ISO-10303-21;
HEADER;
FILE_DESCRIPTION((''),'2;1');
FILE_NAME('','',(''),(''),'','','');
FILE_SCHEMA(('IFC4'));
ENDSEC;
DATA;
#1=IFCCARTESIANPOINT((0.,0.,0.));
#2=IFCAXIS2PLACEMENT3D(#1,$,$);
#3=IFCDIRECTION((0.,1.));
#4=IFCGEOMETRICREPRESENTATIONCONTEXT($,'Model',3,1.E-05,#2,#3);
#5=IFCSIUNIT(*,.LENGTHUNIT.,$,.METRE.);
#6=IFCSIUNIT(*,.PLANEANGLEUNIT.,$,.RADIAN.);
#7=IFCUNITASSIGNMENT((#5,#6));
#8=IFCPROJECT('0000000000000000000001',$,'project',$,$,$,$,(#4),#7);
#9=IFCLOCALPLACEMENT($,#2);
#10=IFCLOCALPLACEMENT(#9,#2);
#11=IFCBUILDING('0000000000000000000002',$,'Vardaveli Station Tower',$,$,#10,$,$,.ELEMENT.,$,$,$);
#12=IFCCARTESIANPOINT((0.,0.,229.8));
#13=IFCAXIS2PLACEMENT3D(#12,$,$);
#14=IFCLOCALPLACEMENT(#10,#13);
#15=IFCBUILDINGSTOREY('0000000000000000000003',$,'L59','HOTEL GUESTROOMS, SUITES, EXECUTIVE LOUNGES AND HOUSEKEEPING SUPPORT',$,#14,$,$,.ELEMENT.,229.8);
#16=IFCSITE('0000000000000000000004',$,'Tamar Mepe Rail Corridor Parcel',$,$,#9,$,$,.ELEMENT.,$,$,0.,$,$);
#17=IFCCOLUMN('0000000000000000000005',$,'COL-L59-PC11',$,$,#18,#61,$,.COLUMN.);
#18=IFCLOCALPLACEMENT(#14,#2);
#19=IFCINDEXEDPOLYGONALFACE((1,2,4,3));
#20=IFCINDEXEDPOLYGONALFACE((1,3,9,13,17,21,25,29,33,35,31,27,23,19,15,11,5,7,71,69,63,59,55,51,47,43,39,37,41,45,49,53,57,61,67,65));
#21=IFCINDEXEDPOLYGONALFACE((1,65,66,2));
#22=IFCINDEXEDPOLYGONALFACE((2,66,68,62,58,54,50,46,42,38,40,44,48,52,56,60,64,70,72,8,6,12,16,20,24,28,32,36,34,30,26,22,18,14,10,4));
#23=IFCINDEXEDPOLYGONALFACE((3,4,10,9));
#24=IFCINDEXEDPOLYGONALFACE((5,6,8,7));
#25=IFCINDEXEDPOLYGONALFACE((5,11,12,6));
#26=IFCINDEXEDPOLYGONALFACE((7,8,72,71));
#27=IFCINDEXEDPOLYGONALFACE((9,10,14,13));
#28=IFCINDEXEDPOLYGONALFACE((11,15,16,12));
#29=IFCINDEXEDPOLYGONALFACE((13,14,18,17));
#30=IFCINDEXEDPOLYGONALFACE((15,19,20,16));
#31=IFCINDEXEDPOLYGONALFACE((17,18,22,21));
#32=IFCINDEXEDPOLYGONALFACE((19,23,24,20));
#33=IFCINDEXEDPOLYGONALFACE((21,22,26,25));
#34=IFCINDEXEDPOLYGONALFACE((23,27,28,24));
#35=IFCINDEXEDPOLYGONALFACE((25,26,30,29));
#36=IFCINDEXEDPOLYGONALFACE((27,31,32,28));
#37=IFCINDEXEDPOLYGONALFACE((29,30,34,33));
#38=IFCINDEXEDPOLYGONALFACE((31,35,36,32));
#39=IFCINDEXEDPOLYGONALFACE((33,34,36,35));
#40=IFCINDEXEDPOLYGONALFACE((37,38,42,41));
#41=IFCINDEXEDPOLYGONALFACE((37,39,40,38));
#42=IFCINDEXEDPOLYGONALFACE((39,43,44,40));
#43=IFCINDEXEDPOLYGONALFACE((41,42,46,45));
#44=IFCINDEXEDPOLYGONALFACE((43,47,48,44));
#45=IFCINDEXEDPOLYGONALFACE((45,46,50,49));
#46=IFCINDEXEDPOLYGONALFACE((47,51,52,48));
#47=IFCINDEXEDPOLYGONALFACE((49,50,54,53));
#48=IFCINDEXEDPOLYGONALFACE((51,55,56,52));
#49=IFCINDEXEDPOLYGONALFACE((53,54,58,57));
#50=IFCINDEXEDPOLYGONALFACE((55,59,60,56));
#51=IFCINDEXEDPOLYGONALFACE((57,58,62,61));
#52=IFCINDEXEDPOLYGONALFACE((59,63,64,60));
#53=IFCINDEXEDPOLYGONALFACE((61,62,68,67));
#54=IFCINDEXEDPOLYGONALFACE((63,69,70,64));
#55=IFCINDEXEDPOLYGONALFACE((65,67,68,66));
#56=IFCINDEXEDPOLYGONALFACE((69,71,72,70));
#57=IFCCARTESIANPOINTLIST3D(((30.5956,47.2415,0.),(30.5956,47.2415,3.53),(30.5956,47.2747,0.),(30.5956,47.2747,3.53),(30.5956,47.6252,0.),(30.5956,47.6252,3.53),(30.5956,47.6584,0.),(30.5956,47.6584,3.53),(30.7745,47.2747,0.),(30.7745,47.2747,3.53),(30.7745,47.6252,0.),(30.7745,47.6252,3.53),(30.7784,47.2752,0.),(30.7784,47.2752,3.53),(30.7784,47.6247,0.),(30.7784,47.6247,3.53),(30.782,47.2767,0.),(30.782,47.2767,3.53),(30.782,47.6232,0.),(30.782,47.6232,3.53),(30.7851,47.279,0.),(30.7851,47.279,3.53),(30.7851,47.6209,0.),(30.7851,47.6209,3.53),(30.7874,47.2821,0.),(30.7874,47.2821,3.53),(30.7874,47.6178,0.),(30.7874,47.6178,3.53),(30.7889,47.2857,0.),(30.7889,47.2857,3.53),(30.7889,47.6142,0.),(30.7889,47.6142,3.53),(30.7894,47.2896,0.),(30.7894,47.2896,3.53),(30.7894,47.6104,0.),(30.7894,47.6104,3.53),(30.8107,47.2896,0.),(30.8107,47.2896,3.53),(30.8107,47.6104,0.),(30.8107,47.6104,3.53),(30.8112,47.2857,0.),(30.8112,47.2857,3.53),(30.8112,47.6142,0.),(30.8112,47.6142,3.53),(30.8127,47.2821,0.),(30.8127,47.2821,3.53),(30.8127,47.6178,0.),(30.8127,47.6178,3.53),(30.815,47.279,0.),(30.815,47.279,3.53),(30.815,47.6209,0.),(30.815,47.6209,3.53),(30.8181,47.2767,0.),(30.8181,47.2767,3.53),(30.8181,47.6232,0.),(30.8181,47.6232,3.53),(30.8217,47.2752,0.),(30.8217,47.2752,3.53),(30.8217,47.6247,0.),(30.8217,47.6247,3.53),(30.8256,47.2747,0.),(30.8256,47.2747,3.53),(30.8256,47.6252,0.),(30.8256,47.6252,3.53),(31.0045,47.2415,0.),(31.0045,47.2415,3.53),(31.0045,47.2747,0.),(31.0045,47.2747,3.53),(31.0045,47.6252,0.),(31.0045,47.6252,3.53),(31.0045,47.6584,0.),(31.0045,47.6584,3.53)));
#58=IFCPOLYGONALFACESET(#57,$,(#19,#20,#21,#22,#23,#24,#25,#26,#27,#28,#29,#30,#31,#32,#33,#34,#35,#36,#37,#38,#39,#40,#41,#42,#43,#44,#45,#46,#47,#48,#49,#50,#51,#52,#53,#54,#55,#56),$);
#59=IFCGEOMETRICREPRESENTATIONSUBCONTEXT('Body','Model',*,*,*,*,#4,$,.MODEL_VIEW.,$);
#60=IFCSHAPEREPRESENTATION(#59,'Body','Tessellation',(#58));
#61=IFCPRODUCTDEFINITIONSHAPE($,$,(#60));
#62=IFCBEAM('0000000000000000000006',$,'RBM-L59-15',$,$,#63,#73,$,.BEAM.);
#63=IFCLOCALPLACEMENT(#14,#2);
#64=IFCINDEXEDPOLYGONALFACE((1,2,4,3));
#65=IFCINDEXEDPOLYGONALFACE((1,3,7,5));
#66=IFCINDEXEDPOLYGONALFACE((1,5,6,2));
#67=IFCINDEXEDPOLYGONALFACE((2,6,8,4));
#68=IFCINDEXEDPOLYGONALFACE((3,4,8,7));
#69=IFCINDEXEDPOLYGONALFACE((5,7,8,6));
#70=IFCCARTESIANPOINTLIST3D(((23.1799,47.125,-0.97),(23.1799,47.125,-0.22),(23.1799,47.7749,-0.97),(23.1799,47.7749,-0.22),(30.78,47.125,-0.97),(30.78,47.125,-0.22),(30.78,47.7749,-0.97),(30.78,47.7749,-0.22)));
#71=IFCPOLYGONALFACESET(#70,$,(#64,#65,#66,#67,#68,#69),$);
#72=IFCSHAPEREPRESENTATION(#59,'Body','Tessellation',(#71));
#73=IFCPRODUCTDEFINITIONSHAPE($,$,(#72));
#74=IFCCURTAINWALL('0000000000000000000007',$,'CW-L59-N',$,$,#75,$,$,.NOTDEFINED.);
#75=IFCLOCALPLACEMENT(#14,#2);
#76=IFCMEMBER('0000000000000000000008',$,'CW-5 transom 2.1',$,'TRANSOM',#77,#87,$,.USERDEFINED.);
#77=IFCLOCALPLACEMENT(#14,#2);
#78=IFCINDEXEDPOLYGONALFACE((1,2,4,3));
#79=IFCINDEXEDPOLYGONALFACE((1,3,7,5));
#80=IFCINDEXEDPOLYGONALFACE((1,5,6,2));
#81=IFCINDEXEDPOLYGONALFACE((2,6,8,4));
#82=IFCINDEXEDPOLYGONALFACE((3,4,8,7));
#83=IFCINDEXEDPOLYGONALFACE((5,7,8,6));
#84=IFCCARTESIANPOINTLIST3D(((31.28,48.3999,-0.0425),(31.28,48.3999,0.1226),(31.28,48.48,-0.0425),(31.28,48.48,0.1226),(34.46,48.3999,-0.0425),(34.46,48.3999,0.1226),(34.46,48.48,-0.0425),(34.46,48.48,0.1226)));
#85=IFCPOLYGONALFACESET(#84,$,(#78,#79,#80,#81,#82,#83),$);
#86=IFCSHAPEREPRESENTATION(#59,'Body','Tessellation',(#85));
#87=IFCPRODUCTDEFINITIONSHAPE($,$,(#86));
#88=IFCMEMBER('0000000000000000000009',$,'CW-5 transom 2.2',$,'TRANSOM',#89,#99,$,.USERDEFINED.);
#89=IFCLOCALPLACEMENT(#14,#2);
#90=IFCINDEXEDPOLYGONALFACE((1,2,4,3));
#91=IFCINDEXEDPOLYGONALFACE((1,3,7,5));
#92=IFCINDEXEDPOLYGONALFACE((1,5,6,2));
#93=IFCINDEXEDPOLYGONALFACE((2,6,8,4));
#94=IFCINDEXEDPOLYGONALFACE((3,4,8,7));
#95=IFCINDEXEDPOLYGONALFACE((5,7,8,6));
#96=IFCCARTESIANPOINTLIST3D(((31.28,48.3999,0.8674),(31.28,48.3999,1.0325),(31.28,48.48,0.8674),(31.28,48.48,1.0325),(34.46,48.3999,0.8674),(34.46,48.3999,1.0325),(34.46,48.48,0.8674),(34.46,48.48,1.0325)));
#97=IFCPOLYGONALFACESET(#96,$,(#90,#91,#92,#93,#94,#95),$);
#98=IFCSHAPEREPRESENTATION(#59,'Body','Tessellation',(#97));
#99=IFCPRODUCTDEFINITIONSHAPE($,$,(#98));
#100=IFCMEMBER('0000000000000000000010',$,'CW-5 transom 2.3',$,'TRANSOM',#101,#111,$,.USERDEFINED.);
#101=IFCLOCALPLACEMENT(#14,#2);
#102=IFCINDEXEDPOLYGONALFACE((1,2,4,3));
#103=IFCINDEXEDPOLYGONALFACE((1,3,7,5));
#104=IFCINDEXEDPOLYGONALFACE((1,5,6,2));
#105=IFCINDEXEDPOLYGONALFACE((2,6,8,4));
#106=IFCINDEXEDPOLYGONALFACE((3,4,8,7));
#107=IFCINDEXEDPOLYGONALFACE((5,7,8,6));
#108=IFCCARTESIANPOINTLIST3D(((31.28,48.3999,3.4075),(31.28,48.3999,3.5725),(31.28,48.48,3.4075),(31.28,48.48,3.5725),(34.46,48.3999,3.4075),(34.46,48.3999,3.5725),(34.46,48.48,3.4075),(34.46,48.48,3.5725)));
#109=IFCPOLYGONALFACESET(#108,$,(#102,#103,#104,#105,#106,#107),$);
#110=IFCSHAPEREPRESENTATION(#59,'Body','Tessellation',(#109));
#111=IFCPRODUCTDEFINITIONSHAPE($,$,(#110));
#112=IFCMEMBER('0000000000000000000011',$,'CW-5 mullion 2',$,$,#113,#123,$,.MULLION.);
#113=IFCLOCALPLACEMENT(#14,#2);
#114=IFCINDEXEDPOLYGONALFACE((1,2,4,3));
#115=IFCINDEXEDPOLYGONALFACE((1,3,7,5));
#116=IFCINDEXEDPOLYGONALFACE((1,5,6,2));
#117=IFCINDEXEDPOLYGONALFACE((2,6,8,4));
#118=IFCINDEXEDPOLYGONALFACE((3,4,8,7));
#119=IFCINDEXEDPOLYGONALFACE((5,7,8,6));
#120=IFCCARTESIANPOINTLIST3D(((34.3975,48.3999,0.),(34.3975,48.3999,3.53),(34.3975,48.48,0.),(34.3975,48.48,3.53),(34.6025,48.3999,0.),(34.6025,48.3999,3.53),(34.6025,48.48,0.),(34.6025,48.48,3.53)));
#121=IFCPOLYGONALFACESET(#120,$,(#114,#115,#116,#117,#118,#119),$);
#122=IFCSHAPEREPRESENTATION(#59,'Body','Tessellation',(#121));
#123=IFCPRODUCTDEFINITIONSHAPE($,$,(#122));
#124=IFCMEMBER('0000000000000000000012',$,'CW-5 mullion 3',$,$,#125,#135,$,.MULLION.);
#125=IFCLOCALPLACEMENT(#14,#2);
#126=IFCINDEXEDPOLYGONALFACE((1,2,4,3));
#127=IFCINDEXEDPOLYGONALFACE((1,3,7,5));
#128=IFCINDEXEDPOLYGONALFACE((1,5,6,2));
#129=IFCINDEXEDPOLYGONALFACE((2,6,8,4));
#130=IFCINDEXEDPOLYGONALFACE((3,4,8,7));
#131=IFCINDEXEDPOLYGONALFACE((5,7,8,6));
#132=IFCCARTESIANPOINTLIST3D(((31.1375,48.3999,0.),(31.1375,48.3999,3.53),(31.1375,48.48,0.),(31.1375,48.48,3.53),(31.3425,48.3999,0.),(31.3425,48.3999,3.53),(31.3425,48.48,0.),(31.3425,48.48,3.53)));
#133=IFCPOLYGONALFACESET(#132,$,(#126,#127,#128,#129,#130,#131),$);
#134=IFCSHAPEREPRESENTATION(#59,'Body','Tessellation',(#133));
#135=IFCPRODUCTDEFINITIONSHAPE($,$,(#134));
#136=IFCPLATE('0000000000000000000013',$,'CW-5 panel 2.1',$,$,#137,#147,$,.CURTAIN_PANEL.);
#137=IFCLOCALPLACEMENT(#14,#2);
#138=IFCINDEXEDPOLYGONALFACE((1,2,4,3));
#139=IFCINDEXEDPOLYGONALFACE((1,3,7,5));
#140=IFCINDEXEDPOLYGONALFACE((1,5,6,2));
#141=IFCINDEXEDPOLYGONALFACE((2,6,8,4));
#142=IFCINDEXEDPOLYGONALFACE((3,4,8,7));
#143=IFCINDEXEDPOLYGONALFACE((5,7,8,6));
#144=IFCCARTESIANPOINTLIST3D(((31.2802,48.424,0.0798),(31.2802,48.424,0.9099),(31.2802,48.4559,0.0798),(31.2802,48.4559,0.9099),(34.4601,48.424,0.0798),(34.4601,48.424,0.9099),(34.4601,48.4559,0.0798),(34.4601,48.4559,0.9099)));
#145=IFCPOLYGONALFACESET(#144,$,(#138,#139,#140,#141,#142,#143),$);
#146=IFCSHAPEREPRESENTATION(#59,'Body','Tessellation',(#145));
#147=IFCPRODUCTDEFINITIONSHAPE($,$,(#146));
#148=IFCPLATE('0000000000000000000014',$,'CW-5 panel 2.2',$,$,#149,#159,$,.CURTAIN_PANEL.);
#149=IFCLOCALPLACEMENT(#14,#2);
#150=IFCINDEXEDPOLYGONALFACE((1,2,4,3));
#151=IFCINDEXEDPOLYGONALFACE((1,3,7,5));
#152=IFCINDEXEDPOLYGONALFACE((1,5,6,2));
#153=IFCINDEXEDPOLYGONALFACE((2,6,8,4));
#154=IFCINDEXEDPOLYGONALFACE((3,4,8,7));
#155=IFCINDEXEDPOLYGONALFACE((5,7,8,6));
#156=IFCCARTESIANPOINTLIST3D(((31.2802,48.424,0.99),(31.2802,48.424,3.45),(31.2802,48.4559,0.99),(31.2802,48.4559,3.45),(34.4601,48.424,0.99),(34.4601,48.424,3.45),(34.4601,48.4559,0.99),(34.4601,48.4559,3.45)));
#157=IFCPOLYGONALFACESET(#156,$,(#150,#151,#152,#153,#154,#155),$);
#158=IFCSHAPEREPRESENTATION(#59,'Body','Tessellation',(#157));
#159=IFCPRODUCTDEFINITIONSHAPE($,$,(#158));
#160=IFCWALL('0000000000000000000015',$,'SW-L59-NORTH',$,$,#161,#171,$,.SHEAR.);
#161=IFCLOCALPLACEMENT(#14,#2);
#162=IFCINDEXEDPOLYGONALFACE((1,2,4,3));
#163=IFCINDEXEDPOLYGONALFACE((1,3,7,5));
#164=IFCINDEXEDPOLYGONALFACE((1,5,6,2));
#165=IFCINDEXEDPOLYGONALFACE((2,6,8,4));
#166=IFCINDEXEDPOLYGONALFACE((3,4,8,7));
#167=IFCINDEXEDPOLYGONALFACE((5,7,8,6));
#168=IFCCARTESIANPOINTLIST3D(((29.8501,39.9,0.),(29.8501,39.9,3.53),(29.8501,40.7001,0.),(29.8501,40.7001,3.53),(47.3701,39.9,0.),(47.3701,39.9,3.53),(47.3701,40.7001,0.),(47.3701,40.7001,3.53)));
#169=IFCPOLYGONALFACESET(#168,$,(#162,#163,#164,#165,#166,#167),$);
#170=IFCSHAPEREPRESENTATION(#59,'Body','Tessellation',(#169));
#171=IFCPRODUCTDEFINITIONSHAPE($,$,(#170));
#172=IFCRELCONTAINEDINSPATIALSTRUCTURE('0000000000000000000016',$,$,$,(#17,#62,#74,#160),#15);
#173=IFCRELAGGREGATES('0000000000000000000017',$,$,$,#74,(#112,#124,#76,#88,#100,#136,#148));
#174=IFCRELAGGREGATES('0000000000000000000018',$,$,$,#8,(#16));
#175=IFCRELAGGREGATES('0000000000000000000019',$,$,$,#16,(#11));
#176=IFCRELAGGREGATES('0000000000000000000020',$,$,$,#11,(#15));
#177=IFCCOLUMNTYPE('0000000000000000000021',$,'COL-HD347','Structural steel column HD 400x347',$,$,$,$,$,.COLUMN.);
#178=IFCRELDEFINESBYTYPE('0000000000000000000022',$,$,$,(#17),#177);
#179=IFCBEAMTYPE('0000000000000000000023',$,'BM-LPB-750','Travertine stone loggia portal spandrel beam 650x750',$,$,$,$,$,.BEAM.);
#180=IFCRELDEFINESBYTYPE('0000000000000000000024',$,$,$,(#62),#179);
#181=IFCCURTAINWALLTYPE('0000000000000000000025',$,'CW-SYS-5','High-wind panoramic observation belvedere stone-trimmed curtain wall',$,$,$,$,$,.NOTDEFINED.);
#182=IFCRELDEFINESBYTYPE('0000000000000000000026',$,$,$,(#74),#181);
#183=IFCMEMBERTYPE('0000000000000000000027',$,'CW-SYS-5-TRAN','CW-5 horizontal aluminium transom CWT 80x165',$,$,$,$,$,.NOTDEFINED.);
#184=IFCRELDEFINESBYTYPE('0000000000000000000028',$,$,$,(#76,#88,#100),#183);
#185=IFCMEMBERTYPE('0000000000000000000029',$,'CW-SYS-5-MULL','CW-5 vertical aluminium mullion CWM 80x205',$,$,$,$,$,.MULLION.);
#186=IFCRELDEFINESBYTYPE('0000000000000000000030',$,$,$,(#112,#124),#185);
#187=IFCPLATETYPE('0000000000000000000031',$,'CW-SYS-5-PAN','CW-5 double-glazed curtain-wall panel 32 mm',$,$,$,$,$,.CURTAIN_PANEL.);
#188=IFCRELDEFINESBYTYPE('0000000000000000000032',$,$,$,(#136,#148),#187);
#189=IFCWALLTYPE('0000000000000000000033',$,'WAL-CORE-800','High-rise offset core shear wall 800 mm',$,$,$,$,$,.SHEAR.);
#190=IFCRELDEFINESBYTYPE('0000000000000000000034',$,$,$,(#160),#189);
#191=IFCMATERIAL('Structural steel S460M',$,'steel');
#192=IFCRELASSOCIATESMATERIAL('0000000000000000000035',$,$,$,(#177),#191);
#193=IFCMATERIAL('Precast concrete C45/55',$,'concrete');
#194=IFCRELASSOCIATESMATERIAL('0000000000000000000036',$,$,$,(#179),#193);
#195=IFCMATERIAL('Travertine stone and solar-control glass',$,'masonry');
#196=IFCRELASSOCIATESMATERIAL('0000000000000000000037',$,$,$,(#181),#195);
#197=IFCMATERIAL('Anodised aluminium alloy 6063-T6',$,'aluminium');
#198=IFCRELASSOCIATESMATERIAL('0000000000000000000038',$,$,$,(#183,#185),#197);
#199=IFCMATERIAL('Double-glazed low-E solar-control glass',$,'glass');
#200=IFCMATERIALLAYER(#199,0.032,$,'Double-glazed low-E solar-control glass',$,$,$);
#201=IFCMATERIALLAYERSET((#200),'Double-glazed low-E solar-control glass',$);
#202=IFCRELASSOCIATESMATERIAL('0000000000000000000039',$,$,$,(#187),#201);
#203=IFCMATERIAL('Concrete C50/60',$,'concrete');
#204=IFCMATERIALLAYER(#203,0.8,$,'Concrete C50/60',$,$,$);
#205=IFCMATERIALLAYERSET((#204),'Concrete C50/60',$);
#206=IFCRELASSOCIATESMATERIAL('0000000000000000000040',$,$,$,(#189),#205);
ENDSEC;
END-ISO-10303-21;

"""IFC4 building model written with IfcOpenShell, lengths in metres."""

from ifc_helpers import new_model, si_unit, direction, frame, frame_2d, origin, origin_2d, place, context, subcontext, project, spatial, rectangle, i_section, extrude, source, transform, mapped, material, layer, layer_set, material_profile, profile_set, type_object, element, aggregate, save


model = new_model("IFC4")

# Units and contexts
model_context = context("Model", 3, precision=1e-05, world=origin(), true_north=direction((0.0, 1.0)))
body_context = subcontext(model_context, "Body", "Model", "MODEL_VIEW")
ifc_project = project(units=[si_unit("LENGTHUNIT", "METRE"), si_unit("PLANEANGLEUNIT", "RADIAN")], contexts=[model_context])

# Site, building, storey
site_placement = place(None, origin())
site = spatial("IfcSite", under=ifc_project, at=site_placement, Name="Tamar Mepe Rail Corridor Parcel", CompositionType="ELEMENT", RefElevation=0.0)
building_placement = place(site_placement, origin())
building = spatial("IfcBuilding", under=site, at=building_placement, Name="Vardaveli Station Tower", CompositionType="ELEMENT")
storey_placement = place(building_placement, frame((0.0, 0.0, 229.8)))
storey = spatial("IfcBuildingStorey", under=building, at=storey_placement, Name="L59", Description="HOTEL GUESTROOMS, SUITES, EXECUTIVE LOUNGES AND HOUSEKEEPING SUPPORT", CompositionType="ELEMENT", Elevation=229.8)

# Column
ifc_material_1 = material(Name="Structural steel S460M", Category="steel")
ifc_material_profile_1 = material_profile(ifc_material_1, i_section(OverallWidth=0.4089, OverallDepth=0.417, WebThickness=0.0212, FlangeThickness=0.0332, FilletRadius=0.0149, at=origin_2d()), Name="HD 400x347")
ifc_profile_set_1 = profile_set([ifc_material_profile_1], Name="Structural steel S460M")
column_type = type_object("IfcColumnType", Name="COL-HD347", Description="Structural steel column HD 400x347", PredefinedType="COLUMN", material=ifc_profile_set_1)
shared_shape_1 = source(origin(), body_context, "Body", "SweptSolid", [
    extrude(i_section(OverallWidth=0.4089, OverallDepth=0.417, WebThickness=0.0212, FlangeThickness=0.0332, FilletRadius=0.0149, at=origin_2d()), origin(), (0.0, 0.0, 1.0), 3.53),
])
column_placement = place(storey_placement, frame((30.8, 47.45, 0.0), z_axis=(0.0, 0.0, 1.0), x_axis=(1.0, 0.0, 0.0)))
element("IfcColumn", 1, at=column_placement, inside=storey, type_object=column_type, Name="COL-L59-PC11", PredefinedType="COLUMN", context=body_context, shape_type="MappedRepresentation", body=[
    mapped(shared_shape_1, transform((0.0, 0.0, 0.0), scale=1.0)),
])

# Beam
ifc_material_2 = material(Name="Precast concrete C45/55", Category="concrete")
ifc_material_profile_2 = material_profile(ifc_material_2, rectangle(XDim=0.6499, YDim=0.75, at=origin_2d()), Name="LPB 650x750")
ifc_profile_set_2 = profile_set([ifc_material_profile_2], Name="Precast concrete C45/55")
beam_type = type_object("IfcBeamType", Name="BM-LPB-750", Description="Travertine stone loggia portal spandrel beam 650x750", PredefinedType="BEAM", material=ifc_profile_set_2)
shared_shape_2 = source(origin(), body_context, "Body", "SweptSolid", [
    extrude(rectangle(XDim=0.6499, YDim=0.75, at=origin_2d()), origin(), (0.0, 0.0, 1.0), 7.6001),
])
beam_placement = place(storey_placement, frame((30.78, 47.45, -0.595), z_axis=(-1.0, 0.0, 0.0), x_axis=(0.0, -1.0, 0.0)))
element("IfcBeam", 2, at=beam_placement, inside=storey, type_object=beam_type, Name="RBM-L59-15", PredefinedType="BEAM", context=body_context, shape_type="MappedRepresentation", body=[
    mapped(shared_shape_2, transform((0.0, 0.0, 0.0), scale=1.0)),
])

# Curtain wall, members, plates
ifc_material_3 = material(Name="Travertine stone and solar-control glass", Category="masonry")
curtain_wall_type = type_object("IfcCurtainWallType", Name="CW-SYS-5", Description="High-wind panoramic observation belvedere stone-trimmed curtain wall", PredefinedType="NOTDEFINED", material=ifc_material_3)
curtain_wall_placement = place(storey_placement, origin())
curtain_wall = element("IfcCurtainWall", 3, at=curtain_wall_placement, inside=storey, type_object=curtain_wall_type, Name="CW-L59-N", PredefinedType="NOTDEFINED")
ifc_material_4 = material(Name="Anodised aluminium alloy 6063-T6", Category="aluminium")
ifc_material_profile_3 = material_profile(ifc_material_4, rectangle(XDim=0.0801, YDim=0.165, at=origin_2d()), Name="CWT 80x165")
ifc_profile_set_3 = profile_set([ifc_material_profile_3], Name="Anodised aluminium alloy 6063-T6")
member_type_1 = type_object("IfcMemberType", Name="CW-SYS-5-TRAN", Description="CW-5 horizontal aluminium transom CWT 80x165", PredefinedType="NOTDEFINED", material=ifc_profile_set_3)
shared_shape_3 = source(origin(), body_context, "Body", "SweptSolid", [
    extrude(rectangle(XDim=0.0801, YDim=0.165, at=origin_2d()), origin(), (0.0, 0.0, 1.0), 3.1799),
])
member_1_placement = place(storey_placement, frame((34.46, 48.4399, 0.04), z_axis=(-1.0, 0.0, 0.0), x_axis=(0.0, -1.0, 0.0)))
member_1 = element("IfcMember", 4, at=member_1_placement, type_object=member_type_1, Name="CW-5 transom 2.1", ObjectType="TRANSOM", PredefinedType="USERDEFINED", context=body_context, shape_type="MappedRepresentation", body=[
    mapped(shared_shape_3, transform((0.0, 0.0, 0.0), scale=1.0)),
])
member_2_placement = place(storey_placement, frame((34.46, 48.4399, 0.95), z_axis=(-1.0, 0.0, 0.0), x_axis=(0.0, -1.0, 0.0)))
member_2 = element("IfcMember", 5, at=member_2_placement, type_object=member_type_1, Name="CW-5 transom 2.2", ObjectType="TRANSOM", PredefinedType="USERDEFINED", context=body_context, shape_type="MappedRepresentation", body=[
    mapped(shared_shape_3, transform((0.0, 0.0, 0.0), scale=1.0)),
])
member_3_placement = place(storey_placement, frame((34.46, 48.4399, 3.49), z_axis=(-1.0, 0.0, 0.0), x_axis=(0.0, -1.0, 0.0)))
member_3 = element("IfcMember", 6, at=member_3_placement, type_object=member_type_1, Name="CW-5 transom 2.3", ObjectType="TRANSOM", PredefinedType="USERDEFINED", context=body_context, shape_type="MappedRepresentation", body=[
    mapped(shared_shape_3, transform((0.0, 0.0, 0.0), scale=1.0)),
])
ifc_material_profile_4 = material_profile(ifc_material_4, rectangle(XDim=0.0801, YDim=0.2051, at=origin_2d()), Name="CWM 80x205")
ifc_profile_set_4 = profile_set([ifc_material_profile_4], Name="Anodised aluminium alloy 6063-T6")
member_type_2 = type_object("IfcMemberType", Name="CW-SYS-5-MULL", Description="CW-5 vertical aluminium mullion CWM 80x205", PredefinedType="MULLION", material=ifc_profile_set_4)
shared_shape_4 = source(origin(), body_context, "Body", "SweptSolid", [
    extrude(rectangle(XDim=0.0801, YDim=0.2051, at=origin_2d()), origin(), (0.0, 0.0, 1.0), 3.53),
])
member_4_placement = place(storey_placement, frame((34.5, 48.4399, 0.0), z_axis=(0.0, 0.0, 1.0), x_axis=(0.0, -1.0, 0.0)))
member_4 = element("IfcMember", 7, at=member_4_placement, type_object=member_type_2, Name="CW-5 mullion 2", PredefinedType="MULLION", context=body_context, shape_type="MappedRepresentation", body=[
    mapped(shared_shape_4, transform((0.0, 0.0, 0.0), scale=1.0)),
])
member_5_placement = place(storey_placement, frame((31.24, 48.4399, 0.0), z_axis=(0.0, 0.0, 1.0), x_axis=(0.0, -1.0, 0.0)))
member_5 = element("IfcMember", 8, at=member_5_placement, type_object=member_type_2, Name="CW-5 mullion 3", PredefinedType="MULLION", context=body_context, shape_type="MappedRepresentation", body=[
    mapped(shared_shape_4, transform((0.0, 0.0, 0.0), scale=1.0)),
])
ifc_material_5 = material(Name="Double-glazed low-E solar-control glass", Category="glass")
ifc_layer_1 = layer(ifc_material_5, 0.032, Name="Double-glazed low-E solar-control glass")
ifc_layer_set_1 = layer_set([ifc_layer_1], Name="Double-glazed low-E solar-control glass")
plate_type = type_object("IfcPlateType", Name="CW-SYS-5-PAN", Description="CW-5 double-glazed curtain-wall panel 32 mm", PredefinedType="CURTAIN_PANEL", material=ifc_layer_set_1)
shared_shape_5 = source(origin(), body_context, "Body", "SweptSolid", [
    extrude(rectangle(XDim=3.1799, YDim=0.032, at=origin_2d()), origin(), (0.0, 0.0, 1.0), 0.8301),
])
plate_1_placement = place(storey_placement, frame((32.8701, 48.4399, 0.0798), z_axis=(0.0, 0.0, 1.0), x_axis=(-1.0, 0.0, 0.0)))
plate_1 = element("IfcPlate", 9, at=plate_1_placement, type_object=plate_type, Name="CW-5 panel 2.1", PredefinedType="CURTAIN_PANEL", context=body_context, shape_type="MappedRepresentation", body=[
    mapped(shared_shape_5, transform((0.0, 0.0, 0.0), scale=1.0)),
])
shared_shape_6 = source(origin(), body_context, "Body", "SweptSolid", [
    extrude(rectangle(XDim=3.1799, YDim=0.032, at=origin_2d()), origin(), (0.0, 0.0, 1.0), 2.46),
])
plate_2_placement = place(storey_placement, frame((32.8701, 48.4399, 0.99), z_axis=(0.0, 0.0, 1.0), x_axis=(-1.0, 0.0, 0.0)))
plate_2 = element("IfcPlate", 10, at=plate_2_placement, type_object=plate_type, Name="CW-5 panel 2.2", PredefinedType="CURTAIN_PANEL", context=body_context, shape_type="MappedRepresentation", body=[
    mapped(shared_shape_6, transform((0.0, 0.0, 0.0), scale=1.0)),
])
aggregate(curtain_wall, [member_4, member_5, member_1, member_2, member_3, plate_1, plate_2])

# Wall
ifc_material_6 = material(Name="Concrete C50/60", Category="concrete")
ifc_layer_2 = layer(ifc_material_6, 0.8, Name="Concrete C50/60")
ifc_layer_set_2 = layer_set([ifc_layer_2], Name="Concrete C50/60")
wall_type_1 = type_object("IfcWallType", Name="WAL-CORE-800", Description="High-rise offset core shear wall 800 mm", PredefinedType="SHEAR", material=ifc_layer_set_2)
shared_shape_7 = source(origin(), body_context, "Body", "SweptSolid", [
    extrude(rectangle(XDim=17.52, YDim=0.8, at=frame_2d((8.76, 0.0))), origin(), (0.0, 0.0, 1.0), 3.53),
])
wall_1_placement = place(storey_placement, frame((29.8501, 40.3, 0.0), z_axis=(0.0, 0.0, 1.0), x_axis=(1.0, 0.0, 0.0)))
element("IfcWall", 11, at=wall_1_placement, inside=storey, type_object=wall_type_1, Name="SW-L59-NORTH", PredefinedType="SHEAR", context=body_context, shape_type="MappedRepresentation", body=[
    mapped(shared_shape_7, transform((0.0, 0.0, 0.0), scale=1.0)),
])

save(model, "model.ifc")
